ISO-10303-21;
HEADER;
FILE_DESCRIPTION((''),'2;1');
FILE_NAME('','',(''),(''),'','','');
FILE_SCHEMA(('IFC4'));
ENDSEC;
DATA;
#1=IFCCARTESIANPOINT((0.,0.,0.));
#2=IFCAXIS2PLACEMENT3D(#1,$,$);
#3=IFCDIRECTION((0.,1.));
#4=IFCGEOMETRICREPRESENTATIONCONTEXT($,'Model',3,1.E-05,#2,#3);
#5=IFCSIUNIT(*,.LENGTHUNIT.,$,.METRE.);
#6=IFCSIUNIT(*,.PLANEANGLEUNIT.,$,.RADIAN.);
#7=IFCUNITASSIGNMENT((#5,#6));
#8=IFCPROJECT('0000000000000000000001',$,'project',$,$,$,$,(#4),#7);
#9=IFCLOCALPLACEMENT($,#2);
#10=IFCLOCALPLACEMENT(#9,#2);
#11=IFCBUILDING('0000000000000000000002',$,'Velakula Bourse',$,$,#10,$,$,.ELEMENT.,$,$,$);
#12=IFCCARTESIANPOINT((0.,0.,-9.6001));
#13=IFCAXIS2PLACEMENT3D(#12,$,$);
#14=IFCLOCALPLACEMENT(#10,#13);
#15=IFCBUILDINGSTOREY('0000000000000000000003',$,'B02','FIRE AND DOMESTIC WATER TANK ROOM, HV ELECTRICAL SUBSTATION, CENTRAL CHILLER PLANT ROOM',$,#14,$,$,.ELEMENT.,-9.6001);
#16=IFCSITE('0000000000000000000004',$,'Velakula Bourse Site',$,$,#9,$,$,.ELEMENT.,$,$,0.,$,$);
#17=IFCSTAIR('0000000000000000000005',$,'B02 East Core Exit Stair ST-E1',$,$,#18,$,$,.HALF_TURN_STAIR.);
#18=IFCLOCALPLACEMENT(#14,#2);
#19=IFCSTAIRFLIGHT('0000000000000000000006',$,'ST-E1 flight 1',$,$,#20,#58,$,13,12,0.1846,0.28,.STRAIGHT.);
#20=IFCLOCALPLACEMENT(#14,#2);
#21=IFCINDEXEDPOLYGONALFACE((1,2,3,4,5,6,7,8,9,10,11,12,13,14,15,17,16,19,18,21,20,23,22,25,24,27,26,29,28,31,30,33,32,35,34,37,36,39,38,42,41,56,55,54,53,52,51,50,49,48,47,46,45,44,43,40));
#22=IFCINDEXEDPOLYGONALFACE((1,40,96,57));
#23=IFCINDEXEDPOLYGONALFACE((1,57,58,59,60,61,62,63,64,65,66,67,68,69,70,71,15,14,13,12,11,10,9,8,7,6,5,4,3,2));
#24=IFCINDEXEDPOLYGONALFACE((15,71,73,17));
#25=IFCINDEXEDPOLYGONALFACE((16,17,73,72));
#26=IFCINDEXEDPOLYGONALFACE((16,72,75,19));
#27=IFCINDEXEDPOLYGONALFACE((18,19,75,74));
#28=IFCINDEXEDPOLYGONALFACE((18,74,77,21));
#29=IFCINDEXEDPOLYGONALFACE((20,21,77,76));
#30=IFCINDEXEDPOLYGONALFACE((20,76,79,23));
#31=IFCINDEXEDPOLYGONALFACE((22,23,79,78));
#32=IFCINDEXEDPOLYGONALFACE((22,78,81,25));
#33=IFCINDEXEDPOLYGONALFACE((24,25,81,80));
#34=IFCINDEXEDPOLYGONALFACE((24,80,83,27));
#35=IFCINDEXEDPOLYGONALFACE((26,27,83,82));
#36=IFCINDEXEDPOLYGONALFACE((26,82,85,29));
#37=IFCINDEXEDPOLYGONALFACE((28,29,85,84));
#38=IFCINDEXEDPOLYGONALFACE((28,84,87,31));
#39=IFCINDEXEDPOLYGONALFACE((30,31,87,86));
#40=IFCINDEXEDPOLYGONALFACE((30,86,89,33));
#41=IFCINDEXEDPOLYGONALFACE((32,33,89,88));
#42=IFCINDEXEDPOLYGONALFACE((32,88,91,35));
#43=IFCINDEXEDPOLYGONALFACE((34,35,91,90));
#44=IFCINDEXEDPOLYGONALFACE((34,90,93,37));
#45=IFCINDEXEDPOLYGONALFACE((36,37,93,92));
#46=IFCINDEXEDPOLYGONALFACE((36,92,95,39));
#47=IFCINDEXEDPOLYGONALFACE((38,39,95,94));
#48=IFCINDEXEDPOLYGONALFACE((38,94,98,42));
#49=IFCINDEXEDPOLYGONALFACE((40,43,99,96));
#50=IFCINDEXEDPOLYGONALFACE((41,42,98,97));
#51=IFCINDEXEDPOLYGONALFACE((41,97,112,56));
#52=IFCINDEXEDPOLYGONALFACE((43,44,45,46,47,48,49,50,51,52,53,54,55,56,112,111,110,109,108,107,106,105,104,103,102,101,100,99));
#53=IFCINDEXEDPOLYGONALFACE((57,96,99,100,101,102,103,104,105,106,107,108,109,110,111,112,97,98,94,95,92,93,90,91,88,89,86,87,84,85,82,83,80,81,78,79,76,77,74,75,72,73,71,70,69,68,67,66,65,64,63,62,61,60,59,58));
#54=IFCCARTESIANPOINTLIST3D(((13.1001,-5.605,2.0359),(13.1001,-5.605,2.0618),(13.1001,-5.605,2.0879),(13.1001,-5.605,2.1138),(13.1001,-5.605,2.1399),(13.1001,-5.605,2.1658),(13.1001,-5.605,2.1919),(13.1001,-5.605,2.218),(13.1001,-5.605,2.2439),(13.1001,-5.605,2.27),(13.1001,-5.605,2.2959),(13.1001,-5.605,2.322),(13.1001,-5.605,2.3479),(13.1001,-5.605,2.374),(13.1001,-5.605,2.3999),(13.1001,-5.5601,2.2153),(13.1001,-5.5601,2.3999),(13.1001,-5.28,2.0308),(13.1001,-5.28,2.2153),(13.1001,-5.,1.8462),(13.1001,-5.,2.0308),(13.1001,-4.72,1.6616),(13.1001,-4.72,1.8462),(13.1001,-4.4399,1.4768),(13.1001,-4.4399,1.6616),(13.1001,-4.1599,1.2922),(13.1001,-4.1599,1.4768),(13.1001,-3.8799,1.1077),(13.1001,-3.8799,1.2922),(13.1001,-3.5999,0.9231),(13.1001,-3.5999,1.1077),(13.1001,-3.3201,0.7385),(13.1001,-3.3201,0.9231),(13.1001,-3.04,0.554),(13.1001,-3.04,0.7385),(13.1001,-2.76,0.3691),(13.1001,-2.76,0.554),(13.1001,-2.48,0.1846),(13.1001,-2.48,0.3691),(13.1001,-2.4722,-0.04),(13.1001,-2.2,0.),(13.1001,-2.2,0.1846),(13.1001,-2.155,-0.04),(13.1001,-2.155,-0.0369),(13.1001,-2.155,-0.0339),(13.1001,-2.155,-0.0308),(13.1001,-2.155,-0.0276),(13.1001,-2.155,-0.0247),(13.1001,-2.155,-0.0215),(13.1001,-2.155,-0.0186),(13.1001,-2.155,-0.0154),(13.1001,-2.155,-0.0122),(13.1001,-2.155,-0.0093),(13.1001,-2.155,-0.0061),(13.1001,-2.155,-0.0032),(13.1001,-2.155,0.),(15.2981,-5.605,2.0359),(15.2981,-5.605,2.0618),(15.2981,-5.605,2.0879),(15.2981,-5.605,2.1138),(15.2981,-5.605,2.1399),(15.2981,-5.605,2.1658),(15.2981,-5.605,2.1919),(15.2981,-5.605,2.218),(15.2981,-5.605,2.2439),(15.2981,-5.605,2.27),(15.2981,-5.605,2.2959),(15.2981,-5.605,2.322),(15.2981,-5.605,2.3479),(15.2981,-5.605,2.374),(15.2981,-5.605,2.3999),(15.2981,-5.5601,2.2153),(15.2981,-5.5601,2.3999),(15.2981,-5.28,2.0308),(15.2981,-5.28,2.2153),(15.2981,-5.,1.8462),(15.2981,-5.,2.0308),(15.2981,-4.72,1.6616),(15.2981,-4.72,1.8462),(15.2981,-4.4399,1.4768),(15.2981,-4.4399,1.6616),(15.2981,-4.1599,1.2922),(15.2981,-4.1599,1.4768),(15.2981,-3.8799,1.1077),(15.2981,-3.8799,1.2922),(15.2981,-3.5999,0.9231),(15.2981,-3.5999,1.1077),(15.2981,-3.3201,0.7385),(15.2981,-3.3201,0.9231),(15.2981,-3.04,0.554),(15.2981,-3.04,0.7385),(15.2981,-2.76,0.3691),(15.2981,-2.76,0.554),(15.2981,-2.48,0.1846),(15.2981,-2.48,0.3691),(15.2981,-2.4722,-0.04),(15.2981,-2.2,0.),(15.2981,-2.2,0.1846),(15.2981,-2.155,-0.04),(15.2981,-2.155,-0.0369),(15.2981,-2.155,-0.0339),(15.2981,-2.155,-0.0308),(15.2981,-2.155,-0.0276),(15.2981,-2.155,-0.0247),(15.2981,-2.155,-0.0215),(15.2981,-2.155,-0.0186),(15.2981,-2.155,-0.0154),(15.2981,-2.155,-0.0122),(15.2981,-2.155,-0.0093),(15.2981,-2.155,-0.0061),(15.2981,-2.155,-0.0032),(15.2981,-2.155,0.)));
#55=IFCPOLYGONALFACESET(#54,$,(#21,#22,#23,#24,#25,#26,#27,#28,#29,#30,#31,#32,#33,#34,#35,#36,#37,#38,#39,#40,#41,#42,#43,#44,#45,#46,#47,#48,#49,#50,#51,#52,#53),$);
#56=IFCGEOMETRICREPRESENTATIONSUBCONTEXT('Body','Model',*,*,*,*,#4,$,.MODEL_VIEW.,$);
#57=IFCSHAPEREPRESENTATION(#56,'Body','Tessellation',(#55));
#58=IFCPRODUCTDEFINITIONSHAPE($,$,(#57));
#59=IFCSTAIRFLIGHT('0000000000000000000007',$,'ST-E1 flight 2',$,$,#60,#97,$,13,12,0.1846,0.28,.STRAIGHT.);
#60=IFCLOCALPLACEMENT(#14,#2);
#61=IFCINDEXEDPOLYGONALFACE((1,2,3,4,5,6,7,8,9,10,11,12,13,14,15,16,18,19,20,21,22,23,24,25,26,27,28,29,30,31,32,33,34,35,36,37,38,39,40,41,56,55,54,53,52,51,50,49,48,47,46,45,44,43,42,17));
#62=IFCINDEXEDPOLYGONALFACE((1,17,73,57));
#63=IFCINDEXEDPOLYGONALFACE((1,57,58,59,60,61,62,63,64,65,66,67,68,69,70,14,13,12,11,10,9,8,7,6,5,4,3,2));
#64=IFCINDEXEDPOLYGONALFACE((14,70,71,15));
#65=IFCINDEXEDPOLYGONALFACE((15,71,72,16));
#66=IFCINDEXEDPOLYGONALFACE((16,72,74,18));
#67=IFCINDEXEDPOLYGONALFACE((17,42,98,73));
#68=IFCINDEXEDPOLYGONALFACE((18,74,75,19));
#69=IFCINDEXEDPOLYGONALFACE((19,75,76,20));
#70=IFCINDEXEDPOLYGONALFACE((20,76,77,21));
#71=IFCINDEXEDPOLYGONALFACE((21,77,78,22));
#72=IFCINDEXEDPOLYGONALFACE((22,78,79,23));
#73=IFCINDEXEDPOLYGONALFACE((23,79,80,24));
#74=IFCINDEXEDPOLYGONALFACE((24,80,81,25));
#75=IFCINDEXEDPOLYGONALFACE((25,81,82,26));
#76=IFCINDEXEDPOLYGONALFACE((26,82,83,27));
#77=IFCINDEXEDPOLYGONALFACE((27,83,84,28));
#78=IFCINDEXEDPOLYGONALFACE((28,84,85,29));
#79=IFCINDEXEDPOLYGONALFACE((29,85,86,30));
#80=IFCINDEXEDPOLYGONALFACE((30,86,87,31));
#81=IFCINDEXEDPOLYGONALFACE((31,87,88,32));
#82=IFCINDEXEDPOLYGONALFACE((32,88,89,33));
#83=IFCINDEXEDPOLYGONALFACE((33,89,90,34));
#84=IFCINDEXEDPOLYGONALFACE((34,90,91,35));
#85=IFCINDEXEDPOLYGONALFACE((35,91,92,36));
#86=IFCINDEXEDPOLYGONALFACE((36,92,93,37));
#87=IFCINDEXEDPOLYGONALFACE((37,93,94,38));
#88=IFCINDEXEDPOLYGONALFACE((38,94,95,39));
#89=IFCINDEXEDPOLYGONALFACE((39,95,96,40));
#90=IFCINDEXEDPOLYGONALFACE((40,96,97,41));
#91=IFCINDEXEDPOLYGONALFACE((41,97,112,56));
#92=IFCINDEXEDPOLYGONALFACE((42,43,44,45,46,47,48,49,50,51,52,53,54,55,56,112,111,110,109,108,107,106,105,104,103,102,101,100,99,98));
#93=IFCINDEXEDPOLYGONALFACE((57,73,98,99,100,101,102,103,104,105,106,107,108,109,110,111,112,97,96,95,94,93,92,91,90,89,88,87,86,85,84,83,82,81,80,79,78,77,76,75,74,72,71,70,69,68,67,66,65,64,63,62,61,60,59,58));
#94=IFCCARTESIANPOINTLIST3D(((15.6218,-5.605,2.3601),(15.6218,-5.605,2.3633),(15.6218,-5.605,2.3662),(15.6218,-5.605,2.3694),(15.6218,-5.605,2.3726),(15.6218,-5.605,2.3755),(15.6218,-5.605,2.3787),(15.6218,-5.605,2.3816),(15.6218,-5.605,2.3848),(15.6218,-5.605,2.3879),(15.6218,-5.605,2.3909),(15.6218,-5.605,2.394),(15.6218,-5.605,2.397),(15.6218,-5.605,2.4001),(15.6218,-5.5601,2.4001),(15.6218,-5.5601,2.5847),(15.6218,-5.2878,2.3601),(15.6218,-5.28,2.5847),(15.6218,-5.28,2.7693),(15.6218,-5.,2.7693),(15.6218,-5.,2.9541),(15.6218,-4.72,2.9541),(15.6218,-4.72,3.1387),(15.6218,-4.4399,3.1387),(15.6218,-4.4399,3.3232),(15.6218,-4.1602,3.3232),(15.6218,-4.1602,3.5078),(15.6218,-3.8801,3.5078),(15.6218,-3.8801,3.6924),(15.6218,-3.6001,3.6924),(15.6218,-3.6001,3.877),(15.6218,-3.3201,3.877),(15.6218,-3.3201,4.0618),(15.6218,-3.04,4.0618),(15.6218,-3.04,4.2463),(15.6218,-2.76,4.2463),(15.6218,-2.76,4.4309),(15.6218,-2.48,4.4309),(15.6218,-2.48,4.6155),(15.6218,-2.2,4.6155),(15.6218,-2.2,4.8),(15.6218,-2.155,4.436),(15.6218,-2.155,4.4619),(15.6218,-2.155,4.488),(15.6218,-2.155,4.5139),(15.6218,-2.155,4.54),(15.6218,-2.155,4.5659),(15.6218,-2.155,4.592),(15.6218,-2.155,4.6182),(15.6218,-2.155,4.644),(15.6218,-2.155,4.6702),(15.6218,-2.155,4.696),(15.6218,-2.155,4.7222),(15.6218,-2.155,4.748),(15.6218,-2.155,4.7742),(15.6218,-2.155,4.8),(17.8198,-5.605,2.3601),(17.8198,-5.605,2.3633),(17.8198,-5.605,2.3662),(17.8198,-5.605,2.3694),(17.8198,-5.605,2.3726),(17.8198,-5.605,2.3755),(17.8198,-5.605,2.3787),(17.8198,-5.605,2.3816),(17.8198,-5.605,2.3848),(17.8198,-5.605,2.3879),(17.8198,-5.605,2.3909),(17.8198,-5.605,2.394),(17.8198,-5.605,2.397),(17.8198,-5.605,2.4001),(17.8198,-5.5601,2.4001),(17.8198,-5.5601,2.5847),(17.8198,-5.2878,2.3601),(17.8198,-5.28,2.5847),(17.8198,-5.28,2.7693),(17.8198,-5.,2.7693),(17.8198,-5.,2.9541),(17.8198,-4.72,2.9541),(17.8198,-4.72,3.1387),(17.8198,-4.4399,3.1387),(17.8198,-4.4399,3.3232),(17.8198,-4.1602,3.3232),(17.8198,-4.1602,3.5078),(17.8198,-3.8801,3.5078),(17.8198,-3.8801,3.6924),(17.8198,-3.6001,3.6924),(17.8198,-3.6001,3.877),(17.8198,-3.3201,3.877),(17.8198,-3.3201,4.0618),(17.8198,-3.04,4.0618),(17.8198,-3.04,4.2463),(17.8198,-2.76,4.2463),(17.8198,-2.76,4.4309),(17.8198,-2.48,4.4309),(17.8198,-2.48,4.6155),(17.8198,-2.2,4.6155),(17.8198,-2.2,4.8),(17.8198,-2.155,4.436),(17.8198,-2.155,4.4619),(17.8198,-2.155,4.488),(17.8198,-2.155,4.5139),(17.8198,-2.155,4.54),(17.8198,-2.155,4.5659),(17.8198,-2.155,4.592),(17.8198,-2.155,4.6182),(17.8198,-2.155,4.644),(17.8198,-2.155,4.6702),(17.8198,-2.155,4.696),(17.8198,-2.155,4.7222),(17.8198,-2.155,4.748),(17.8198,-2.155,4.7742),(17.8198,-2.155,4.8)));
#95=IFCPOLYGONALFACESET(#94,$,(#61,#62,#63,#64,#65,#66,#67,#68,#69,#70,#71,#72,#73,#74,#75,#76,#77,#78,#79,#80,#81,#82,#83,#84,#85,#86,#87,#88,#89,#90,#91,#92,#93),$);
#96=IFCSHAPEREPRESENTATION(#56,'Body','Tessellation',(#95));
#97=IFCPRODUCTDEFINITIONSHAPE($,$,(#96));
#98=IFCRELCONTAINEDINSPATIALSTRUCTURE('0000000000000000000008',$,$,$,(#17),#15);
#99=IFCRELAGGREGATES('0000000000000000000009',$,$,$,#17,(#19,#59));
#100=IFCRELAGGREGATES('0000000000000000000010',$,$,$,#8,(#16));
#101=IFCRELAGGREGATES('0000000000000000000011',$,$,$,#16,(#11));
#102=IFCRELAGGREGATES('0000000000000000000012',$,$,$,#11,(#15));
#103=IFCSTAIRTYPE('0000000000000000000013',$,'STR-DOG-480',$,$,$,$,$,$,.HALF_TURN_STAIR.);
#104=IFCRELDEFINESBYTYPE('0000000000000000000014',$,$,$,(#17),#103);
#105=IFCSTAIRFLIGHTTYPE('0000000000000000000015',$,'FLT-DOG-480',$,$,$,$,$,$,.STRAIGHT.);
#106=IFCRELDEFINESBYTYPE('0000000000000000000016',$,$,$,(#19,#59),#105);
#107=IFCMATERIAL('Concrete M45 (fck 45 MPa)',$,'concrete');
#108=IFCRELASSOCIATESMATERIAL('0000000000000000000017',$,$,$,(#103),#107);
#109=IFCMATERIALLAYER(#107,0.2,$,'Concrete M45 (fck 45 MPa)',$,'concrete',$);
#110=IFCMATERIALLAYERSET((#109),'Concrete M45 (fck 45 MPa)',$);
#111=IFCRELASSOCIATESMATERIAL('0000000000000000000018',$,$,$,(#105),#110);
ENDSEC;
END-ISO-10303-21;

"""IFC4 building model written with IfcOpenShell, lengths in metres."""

from ifc_helpers import new_model, si_unit, direction, frame, origin, place, context, subcontext, project, spatial, polyline, outline, extrude, material, layer, layer_set, type_object, element, aggregate, save


model = new_model("IFC4")

# Units and contexts
model_context = context("Model", 3, precision=1e-05, world=origin(), true_north=direction((0.0, 1.0)))
body_context = subcontext(model_context, "Body", "Model", "MODEL_VIEW")
ifc_project = project(units=[si_unit("LENGTHUNIT", "METRE"), si_unit("PLANEANGLEUNIT", "RADIAN")], contexts=[model_context])

# Site, building, storey
site_placement = place(None, origin())
site = spatial("IfcSite", under=ifc_project, at=site_placement, Name="Velakula Bourse Site", CompositionType="ELEMENT", RefElevation=0.0)
building_placement = place(site_placement, origin())
building = spatial("IfcBuilding", under=site, at=building_placement, Name="Velakula Bourse", CompositionType="ELEMENT")
storey_placement = place(building_placement, frame((0.0, 0.0, -9.6001)))
storey = spatial("IfcBuildingStorey", under=building, at=storey_placement, Name="B02", Description="FIRE AND DOMESTIC WATER TANK ROOM, HV ELECTRICAL SUBSTATION, CENTRAL CHILLER PLANT ROOM", CompositionType="ELEMENT", Elevation=-9.6001)

# Stair, stair flights
ifc_material_1 = material(Name="Concrete M45 (fck 45 MPa)", Category="concrete")
stair_type = type_object("IfcStairType", Name="STR-DOG-480", PredefinedType="HALF_TURN_STAIR", material=ifc_material_1)
stair_placement = place(storey_placement, origin())
stair = element("IfcStair", 1, at=stair_placement, inside=storey, type_object=stair_type, Name="B02 East Core Exit Stair ST-E1", PredefinedType="HALF_TURN_STAIR")
ifc_layer_1 = layer(ifc_material_1, 0.2, Name="Concrete M45 (fck 45 MPa)", Category="concrete")
ifc_layer_set_1 = layer_set([ifc_layer_1], Name="Concrete M45 (fck 45 MPa)")
stair_flight_type = type_object("IfcStairFlightType", Name="FLT-DOG-480", PredefinedType="STRAIGHT", material=ifc_layer_set_1)
stair_flight_1_placement = place(storey_placement, frame((14.199, -2.2, 0.0), z_axis=(0.0, 0.0, 1.0), x_axis=(0.0, -1.0, 0.0)))
stair_flight_1 = element("IfcStairFlight", 2, at=stair_flight_1_placement, type_object=stair_flight_type, Name="ST-E1 flight 1", NumberOfRisers=13, NumberOfTreads=12, PredefinedType="STRAIGHT", RiserHeight=0.1846, TreadLength=0.28, context=body_context, shape_type="SweptSolid", body=[
    extrude(outline(polyline([(-0.0449, -0.04), (-0.0449, -0.0369), (-0.0449, -0.0339), (-0.0449, -0.0308), (-0.0449, -0.0276), (-0.0449, -0.0247), (-0.0449, -0.0215), (-0.0449, -0.0186), (-0.0449, -0.0154), (-0.0449, -0.0122), (-0.0449, -0.0093), (-0.0449, -0.0061), (-0.0449, -0.0032), (-0.0449, 0.0), (0.0, 0.0), (0.0, 0.1846), (0.28, 0.1846), (0.28, 0.3691), (0.5601, 0.3691), (0.5601, 0.554), (0.8401, 0.554), (0.8401, 0.7385), (1.1201, 0.7385), (1.1201, 0.9231), (1.3999, 0.9231), (1.3999, 1.1077), (1.6799, 1.1077), (1.6799, 1.2922), (1.96, 1.2922), (1.96, 1.4768), (2.24, 1.4768), (2.24, 1.6616), (2.52, 1.6616), (2.52, 1.8462), (2.8, 1.8462), (2.8, 2.0308), (3.0801, 2.0308), (3.0801, 2.2153), (3.3601, 2.2153), (3.3601, 2.3999), (3.405, 2.3999), (3.405, 2.374), (3.405, 2.3479), (3.405, 2.322), (3.405, 2.2959), (3.405, 2.27), (3.405, 2.2439), (3.405, 2.218), (3.405, 2.1919), (3.405, 2.1658), (3.405, 2.1399), (3.405, 2.1138), (3.405, 2.0879), (3.405, 2.0618), (3.405, 2.0359), (0.2722, -0.04), (-0.0449, -0.04)])), frame((0.0, 1.0991, 0.0), z_axis=(0.0, -1.0, 0.0), x_axis=(1.0, 0.0, 0.0)), (0.0, 0.0, 1.0), 2.198),
])
stair_flight_2_placement = place(storey_placement, frame((16.7209, -5.5601, 2.4001), z_axis=(0.0, 0.0, 1.0), x_axis=(0.0, 1.0, 0.0)))
stair_flight_2 = element("IfcStairFlight", 3, at=stair_flight_2_placement, type_object=stair_flight_type, Name="ST-E1 flight 2", NumberOfRisers=13, NumberOfTreads=12, PredefinedType="STRAIGHT", RiserHeight=0.1846, TreadLength=0.28, context=body_context, shape_type="SweptSolid", body=[
    extrude(outline(polyline([(-0.0449, -0.04), (-0.0449, -0.0369), (-0.0449, -0.0339), (-0.0449, -0.0308), (-0.0449, -0.0276), (-0.0449, -0.0247), (-0.0449, -0.0215), (-0.0449, -0.0186), (-0.0449, -0.0154), (-0.0449, -0.0122), (-0.0449, -0.0093), (-0.0449, -0.0061), (-0.0449, -0.0032), (-0.0449, 0.0), (0.0, 0.0), (0.0, 0.1846), (0.28, 0.1846), (0.28, 0.3691), (0.5601, 0.3691), (0.5601, 0.554), (0.8401, 0.554), (0.8401, 0.7385), (1.1201, 0.7385), (1.1201, 0.9231), (1.3999, 0.9231), (1.3999, 1.1077), (1.6799, 1.1077), (1.6799, 1.2922), (1.96, 1.2922), (1.96, 1.4768), (2.24, 1.4768), (2.24, 1.6616), (2.52, 1.6616), (2.52, 1.8462), (2.8, 1.8462), (2.8, 2.0308), (3.0801, 2.0308), (3.0801, 2.2153), (3.3601, 2.2153), (3.3601, 2.3999), (3.405, 2.3999), (3.405, 2.374), (3.405, 2.3479), (3.405, 2.322), (3.405, 2.2959), (3.405, 2.27), (3.405, 2.2439), (3.405, 2.218), (3.405, 2.1919), (3.405, 2.1658), (3.405, 2.1399), (3.405, 2.1138), (3.405, 2.0879), (3.405, 2.0618), (3.405, 2.0359), (0.2722, -0.04), (-0.0449, -0.04)])), frame((0.0, 1.0991, 0.0), z_axis=(0.0, -1.0, 0.0), x_axis=(1.0, 0.0, 0.0)), (0.0, 0.0, 1.0), 2.198),
])
aggregate(stair, [stair_flight_1, stair_flight_2])

save(model, "model.ifc")
